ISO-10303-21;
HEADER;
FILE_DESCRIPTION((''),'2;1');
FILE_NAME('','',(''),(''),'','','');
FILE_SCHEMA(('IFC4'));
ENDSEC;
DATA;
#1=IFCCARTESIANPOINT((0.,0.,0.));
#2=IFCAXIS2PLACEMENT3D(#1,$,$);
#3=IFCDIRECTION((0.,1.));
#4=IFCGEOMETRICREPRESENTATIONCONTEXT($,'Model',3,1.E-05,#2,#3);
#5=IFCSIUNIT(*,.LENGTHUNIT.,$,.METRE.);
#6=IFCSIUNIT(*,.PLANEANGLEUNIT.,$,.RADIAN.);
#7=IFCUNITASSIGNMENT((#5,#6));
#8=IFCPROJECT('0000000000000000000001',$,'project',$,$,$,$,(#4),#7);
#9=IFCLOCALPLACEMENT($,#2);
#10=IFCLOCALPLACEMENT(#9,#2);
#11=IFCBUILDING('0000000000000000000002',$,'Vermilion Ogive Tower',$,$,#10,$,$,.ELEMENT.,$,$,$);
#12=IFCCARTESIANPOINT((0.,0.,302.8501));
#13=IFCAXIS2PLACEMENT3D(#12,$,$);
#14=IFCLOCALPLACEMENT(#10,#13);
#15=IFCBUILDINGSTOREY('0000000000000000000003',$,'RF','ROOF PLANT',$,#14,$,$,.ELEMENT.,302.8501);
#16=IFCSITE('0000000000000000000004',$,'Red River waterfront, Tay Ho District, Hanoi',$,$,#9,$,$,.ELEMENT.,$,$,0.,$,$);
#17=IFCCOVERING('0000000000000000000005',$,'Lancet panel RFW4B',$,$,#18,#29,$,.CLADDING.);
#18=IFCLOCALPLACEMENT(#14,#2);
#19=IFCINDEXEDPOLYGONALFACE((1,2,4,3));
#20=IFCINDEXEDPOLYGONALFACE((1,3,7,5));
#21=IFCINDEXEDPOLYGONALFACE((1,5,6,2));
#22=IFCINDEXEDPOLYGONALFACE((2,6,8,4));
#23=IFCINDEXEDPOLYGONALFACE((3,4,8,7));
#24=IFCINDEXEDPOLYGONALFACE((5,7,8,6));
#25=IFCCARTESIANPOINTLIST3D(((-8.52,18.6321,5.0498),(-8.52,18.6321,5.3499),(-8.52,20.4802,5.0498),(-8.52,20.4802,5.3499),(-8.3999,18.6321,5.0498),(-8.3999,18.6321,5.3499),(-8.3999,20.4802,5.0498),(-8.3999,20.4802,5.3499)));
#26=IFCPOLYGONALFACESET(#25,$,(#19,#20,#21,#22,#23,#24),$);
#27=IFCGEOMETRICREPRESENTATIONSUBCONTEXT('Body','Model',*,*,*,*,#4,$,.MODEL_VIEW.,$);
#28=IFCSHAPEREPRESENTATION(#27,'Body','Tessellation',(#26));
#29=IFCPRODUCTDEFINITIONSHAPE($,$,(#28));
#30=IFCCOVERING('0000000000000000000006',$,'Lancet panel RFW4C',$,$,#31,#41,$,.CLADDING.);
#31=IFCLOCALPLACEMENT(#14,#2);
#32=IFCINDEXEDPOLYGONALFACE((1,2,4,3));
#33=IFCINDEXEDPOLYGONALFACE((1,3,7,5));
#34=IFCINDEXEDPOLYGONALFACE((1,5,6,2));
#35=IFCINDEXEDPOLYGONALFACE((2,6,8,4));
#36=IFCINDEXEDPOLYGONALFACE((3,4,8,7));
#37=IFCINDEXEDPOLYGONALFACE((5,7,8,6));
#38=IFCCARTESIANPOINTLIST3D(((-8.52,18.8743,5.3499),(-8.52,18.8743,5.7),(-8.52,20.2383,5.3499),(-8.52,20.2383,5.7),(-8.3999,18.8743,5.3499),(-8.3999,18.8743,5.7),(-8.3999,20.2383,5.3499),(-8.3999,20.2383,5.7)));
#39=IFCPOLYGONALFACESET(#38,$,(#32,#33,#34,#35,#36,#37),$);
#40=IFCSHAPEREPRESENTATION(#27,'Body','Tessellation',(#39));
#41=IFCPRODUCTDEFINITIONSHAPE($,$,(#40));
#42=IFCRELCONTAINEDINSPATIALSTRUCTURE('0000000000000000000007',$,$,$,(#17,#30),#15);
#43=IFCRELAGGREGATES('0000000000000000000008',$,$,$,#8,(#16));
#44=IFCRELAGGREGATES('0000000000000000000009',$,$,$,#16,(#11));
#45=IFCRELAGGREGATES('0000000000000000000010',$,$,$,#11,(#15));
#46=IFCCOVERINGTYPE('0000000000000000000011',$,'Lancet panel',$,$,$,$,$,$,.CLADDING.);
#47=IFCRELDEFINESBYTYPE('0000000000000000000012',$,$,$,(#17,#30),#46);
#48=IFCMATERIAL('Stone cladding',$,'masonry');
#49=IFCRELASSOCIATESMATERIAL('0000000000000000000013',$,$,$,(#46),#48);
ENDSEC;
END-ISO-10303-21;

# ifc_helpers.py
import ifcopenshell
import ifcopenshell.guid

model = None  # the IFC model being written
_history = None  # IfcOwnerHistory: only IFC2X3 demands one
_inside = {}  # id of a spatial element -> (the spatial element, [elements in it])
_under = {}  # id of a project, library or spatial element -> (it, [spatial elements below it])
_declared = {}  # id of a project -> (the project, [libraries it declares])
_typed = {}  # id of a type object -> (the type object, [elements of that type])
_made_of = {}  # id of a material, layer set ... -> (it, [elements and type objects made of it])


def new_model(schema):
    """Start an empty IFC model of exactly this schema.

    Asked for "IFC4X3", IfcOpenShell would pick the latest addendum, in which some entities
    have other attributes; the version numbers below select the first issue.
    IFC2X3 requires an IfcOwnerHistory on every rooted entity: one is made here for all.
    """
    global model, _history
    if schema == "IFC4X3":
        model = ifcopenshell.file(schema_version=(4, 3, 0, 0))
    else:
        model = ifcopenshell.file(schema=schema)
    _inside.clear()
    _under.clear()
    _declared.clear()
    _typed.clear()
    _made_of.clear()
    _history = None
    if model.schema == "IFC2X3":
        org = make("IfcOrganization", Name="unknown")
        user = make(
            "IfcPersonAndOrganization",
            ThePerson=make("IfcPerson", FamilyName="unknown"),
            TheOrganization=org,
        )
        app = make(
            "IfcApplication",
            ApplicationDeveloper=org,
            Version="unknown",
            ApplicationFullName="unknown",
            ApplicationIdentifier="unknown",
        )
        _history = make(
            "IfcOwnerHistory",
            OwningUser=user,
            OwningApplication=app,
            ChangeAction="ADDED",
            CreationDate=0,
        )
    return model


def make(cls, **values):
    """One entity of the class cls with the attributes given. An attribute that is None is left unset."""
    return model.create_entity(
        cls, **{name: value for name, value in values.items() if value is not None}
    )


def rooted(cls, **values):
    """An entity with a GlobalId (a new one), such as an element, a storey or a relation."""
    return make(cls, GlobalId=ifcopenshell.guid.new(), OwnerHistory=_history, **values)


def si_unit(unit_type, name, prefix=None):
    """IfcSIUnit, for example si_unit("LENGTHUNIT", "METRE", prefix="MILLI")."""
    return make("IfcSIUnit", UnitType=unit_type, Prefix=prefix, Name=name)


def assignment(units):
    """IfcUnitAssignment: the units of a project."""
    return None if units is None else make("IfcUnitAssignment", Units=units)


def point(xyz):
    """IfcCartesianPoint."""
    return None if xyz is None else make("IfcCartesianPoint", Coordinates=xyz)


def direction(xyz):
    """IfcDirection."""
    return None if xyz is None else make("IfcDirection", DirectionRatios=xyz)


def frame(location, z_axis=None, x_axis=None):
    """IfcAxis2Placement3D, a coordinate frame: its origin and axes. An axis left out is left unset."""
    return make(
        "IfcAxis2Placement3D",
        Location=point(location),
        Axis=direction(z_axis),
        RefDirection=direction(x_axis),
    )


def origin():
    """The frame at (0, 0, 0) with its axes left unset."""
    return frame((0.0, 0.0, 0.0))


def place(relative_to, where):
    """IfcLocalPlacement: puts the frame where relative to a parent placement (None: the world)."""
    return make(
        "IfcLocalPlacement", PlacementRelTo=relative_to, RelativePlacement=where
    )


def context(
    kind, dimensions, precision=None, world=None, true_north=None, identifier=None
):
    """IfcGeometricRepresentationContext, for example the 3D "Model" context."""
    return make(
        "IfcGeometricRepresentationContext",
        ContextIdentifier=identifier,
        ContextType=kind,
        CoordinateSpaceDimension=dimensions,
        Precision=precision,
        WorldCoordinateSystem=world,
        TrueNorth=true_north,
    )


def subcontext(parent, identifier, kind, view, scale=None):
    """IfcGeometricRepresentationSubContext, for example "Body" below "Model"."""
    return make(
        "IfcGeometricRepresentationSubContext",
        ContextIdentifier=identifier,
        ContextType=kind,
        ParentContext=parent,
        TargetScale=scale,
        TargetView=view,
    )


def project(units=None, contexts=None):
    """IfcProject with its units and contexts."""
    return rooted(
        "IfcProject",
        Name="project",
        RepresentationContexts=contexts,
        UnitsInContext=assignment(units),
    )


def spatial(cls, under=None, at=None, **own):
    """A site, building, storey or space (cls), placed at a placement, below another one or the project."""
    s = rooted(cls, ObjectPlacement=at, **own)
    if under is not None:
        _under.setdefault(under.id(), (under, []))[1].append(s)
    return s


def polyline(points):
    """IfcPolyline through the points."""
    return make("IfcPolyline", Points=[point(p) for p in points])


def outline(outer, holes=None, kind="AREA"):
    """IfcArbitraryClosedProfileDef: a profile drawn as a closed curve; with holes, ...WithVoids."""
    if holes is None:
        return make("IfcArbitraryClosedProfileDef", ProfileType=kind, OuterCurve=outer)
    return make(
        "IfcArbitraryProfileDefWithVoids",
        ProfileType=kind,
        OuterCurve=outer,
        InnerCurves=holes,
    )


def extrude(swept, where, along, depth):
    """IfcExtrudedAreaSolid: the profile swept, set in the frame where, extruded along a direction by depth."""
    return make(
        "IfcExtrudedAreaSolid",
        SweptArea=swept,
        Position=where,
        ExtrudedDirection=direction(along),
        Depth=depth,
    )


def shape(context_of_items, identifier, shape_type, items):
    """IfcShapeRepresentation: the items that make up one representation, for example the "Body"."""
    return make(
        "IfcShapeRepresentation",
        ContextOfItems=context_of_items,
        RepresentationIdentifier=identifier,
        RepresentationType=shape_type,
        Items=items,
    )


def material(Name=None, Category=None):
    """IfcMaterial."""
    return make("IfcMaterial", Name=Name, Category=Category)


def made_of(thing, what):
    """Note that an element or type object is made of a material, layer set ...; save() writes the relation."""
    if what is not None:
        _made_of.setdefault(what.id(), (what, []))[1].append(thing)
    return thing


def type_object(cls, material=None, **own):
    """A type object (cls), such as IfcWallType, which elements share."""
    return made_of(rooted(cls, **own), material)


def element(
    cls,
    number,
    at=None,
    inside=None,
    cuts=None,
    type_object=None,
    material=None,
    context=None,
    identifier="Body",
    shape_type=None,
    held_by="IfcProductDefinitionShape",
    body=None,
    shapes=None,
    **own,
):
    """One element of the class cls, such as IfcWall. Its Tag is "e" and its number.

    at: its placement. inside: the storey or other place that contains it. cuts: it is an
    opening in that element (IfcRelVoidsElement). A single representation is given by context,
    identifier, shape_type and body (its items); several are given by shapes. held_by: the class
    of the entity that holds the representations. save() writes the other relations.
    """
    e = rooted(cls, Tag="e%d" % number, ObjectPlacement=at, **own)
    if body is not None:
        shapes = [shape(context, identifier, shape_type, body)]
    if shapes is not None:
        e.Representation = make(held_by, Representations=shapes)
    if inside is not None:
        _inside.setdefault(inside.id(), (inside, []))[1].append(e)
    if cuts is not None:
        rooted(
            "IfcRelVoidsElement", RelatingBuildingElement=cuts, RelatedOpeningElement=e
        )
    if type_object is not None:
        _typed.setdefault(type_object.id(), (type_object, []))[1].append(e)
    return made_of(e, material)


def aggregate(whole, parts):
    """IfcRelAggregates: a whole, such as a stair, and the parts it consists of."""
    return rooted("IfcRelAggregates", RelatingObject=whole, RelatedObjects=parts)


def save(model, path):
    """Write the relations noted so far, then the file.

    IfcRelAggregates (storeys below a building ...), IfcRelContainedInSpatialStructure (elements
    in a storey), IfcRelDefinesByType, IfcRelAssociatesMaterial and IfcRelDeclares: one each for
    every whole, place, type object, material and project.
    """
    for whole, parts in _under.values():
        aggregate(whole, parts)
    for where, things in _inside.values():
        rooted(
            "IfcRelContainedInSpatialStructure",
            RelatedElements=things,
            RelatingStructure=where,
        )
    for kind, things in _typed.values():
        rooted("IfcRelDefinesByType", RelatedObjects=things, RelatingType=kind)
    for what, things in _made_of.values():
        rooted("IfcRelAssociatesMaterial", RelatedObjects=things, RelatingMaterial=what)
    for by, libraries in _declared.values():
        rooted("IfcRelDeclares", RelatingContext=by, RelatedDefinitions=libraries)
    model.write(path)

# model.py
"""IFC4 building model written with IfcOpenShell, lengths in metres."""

from ifc_helpers import new_model, si_unit, direction, frame, origin, place, context, subcontext, project, spatial, polyline, outline, extrude, material, type_object, element, save


model = new_model("IFC4")

# Units and contexts
model_context = context("Model", 3, precision=1e-05, world=origin(), true_north=direction((0.0, 1.0)))
body_context = subcontext(model_context, "Body", "Model", "MODEL_VIEW")
ifc_project = project(units=[si_unit("LENGTHUNIT", "METRE"), si_unit("PLANEANGLEUNIT", "RADIAN")], contexts=[model_context])

# Site, building, storey
site_placement = place(None, origin())
site = spatial("IfcSite", under=ifc_project, at=site_placement, Name="Red River waterfront, Tay Ho District, Hanoi", CompositionType="ELEMENT", RefElevation=0.0)
building_placement = place(site_placement, origin())
building = spatial("IfcBuilding", under=site, at=building_placement, Name="Vermilion Ogive Tower", CompositionType="ELEMENT")
storey_placement = place(building_placement, frame((0.0, 0.0, 302.8501)))
storey = spatial("IfcBuildingStorey", under=building, at=storey_placement, Name="RF", Description="ROOF PLANT", CompositionType="ELEMENT", Elevation=302.8501)

# Coverings
ifc_material_1 = material(Name="Stone cladding", Category="masonry")
covering_type = type_object("IfcCoveringType", Name="Lancet panel", PredefinedType="CLADDING", material=ifc_material_1)
covering_1_placement = place(storey_placement, frame((0.0, 0.0, 5.0498)))
element("IfcCovering", 1, at=covering_1_placement, inside=storey, type_object=covering_type, Name="Lancet panel RFW4B", PredefinedType="CLADDING", context=body_context, shape_type="SweptSolid", body=[
    extrude(outline(polyline([(-8.3999, 18.6321), (-8.3999, 20.4802), (-8.52, 20.4802), (-8.52, 18.6321), (-8.3999, 18.6321)])), origin(), (0.0, 0.0, 1.0), 0.3),
])
covering_2_placement = place(storey_placement, frame((0.0, 0.0, 5.3499)))
element("IfcCovering", 2, at=covering_2_placement, inside=storey, type_object=covering_type, Name="Lancet panel RFW4C", PredefinedType="CLADDING", context=body_context, shape_type="SweptSolid", body=[
    extrude(outline(polyline([(-8.3999, 18.8743), (-8.3999, 20.2383), (-8.52, 20.2383), (-8.52, 18.8743), (-8.3999, 18.8743)])), origin(), (0.0, 0.0, 1.0), 0.3501),
])

save(model, "model.ifc")
